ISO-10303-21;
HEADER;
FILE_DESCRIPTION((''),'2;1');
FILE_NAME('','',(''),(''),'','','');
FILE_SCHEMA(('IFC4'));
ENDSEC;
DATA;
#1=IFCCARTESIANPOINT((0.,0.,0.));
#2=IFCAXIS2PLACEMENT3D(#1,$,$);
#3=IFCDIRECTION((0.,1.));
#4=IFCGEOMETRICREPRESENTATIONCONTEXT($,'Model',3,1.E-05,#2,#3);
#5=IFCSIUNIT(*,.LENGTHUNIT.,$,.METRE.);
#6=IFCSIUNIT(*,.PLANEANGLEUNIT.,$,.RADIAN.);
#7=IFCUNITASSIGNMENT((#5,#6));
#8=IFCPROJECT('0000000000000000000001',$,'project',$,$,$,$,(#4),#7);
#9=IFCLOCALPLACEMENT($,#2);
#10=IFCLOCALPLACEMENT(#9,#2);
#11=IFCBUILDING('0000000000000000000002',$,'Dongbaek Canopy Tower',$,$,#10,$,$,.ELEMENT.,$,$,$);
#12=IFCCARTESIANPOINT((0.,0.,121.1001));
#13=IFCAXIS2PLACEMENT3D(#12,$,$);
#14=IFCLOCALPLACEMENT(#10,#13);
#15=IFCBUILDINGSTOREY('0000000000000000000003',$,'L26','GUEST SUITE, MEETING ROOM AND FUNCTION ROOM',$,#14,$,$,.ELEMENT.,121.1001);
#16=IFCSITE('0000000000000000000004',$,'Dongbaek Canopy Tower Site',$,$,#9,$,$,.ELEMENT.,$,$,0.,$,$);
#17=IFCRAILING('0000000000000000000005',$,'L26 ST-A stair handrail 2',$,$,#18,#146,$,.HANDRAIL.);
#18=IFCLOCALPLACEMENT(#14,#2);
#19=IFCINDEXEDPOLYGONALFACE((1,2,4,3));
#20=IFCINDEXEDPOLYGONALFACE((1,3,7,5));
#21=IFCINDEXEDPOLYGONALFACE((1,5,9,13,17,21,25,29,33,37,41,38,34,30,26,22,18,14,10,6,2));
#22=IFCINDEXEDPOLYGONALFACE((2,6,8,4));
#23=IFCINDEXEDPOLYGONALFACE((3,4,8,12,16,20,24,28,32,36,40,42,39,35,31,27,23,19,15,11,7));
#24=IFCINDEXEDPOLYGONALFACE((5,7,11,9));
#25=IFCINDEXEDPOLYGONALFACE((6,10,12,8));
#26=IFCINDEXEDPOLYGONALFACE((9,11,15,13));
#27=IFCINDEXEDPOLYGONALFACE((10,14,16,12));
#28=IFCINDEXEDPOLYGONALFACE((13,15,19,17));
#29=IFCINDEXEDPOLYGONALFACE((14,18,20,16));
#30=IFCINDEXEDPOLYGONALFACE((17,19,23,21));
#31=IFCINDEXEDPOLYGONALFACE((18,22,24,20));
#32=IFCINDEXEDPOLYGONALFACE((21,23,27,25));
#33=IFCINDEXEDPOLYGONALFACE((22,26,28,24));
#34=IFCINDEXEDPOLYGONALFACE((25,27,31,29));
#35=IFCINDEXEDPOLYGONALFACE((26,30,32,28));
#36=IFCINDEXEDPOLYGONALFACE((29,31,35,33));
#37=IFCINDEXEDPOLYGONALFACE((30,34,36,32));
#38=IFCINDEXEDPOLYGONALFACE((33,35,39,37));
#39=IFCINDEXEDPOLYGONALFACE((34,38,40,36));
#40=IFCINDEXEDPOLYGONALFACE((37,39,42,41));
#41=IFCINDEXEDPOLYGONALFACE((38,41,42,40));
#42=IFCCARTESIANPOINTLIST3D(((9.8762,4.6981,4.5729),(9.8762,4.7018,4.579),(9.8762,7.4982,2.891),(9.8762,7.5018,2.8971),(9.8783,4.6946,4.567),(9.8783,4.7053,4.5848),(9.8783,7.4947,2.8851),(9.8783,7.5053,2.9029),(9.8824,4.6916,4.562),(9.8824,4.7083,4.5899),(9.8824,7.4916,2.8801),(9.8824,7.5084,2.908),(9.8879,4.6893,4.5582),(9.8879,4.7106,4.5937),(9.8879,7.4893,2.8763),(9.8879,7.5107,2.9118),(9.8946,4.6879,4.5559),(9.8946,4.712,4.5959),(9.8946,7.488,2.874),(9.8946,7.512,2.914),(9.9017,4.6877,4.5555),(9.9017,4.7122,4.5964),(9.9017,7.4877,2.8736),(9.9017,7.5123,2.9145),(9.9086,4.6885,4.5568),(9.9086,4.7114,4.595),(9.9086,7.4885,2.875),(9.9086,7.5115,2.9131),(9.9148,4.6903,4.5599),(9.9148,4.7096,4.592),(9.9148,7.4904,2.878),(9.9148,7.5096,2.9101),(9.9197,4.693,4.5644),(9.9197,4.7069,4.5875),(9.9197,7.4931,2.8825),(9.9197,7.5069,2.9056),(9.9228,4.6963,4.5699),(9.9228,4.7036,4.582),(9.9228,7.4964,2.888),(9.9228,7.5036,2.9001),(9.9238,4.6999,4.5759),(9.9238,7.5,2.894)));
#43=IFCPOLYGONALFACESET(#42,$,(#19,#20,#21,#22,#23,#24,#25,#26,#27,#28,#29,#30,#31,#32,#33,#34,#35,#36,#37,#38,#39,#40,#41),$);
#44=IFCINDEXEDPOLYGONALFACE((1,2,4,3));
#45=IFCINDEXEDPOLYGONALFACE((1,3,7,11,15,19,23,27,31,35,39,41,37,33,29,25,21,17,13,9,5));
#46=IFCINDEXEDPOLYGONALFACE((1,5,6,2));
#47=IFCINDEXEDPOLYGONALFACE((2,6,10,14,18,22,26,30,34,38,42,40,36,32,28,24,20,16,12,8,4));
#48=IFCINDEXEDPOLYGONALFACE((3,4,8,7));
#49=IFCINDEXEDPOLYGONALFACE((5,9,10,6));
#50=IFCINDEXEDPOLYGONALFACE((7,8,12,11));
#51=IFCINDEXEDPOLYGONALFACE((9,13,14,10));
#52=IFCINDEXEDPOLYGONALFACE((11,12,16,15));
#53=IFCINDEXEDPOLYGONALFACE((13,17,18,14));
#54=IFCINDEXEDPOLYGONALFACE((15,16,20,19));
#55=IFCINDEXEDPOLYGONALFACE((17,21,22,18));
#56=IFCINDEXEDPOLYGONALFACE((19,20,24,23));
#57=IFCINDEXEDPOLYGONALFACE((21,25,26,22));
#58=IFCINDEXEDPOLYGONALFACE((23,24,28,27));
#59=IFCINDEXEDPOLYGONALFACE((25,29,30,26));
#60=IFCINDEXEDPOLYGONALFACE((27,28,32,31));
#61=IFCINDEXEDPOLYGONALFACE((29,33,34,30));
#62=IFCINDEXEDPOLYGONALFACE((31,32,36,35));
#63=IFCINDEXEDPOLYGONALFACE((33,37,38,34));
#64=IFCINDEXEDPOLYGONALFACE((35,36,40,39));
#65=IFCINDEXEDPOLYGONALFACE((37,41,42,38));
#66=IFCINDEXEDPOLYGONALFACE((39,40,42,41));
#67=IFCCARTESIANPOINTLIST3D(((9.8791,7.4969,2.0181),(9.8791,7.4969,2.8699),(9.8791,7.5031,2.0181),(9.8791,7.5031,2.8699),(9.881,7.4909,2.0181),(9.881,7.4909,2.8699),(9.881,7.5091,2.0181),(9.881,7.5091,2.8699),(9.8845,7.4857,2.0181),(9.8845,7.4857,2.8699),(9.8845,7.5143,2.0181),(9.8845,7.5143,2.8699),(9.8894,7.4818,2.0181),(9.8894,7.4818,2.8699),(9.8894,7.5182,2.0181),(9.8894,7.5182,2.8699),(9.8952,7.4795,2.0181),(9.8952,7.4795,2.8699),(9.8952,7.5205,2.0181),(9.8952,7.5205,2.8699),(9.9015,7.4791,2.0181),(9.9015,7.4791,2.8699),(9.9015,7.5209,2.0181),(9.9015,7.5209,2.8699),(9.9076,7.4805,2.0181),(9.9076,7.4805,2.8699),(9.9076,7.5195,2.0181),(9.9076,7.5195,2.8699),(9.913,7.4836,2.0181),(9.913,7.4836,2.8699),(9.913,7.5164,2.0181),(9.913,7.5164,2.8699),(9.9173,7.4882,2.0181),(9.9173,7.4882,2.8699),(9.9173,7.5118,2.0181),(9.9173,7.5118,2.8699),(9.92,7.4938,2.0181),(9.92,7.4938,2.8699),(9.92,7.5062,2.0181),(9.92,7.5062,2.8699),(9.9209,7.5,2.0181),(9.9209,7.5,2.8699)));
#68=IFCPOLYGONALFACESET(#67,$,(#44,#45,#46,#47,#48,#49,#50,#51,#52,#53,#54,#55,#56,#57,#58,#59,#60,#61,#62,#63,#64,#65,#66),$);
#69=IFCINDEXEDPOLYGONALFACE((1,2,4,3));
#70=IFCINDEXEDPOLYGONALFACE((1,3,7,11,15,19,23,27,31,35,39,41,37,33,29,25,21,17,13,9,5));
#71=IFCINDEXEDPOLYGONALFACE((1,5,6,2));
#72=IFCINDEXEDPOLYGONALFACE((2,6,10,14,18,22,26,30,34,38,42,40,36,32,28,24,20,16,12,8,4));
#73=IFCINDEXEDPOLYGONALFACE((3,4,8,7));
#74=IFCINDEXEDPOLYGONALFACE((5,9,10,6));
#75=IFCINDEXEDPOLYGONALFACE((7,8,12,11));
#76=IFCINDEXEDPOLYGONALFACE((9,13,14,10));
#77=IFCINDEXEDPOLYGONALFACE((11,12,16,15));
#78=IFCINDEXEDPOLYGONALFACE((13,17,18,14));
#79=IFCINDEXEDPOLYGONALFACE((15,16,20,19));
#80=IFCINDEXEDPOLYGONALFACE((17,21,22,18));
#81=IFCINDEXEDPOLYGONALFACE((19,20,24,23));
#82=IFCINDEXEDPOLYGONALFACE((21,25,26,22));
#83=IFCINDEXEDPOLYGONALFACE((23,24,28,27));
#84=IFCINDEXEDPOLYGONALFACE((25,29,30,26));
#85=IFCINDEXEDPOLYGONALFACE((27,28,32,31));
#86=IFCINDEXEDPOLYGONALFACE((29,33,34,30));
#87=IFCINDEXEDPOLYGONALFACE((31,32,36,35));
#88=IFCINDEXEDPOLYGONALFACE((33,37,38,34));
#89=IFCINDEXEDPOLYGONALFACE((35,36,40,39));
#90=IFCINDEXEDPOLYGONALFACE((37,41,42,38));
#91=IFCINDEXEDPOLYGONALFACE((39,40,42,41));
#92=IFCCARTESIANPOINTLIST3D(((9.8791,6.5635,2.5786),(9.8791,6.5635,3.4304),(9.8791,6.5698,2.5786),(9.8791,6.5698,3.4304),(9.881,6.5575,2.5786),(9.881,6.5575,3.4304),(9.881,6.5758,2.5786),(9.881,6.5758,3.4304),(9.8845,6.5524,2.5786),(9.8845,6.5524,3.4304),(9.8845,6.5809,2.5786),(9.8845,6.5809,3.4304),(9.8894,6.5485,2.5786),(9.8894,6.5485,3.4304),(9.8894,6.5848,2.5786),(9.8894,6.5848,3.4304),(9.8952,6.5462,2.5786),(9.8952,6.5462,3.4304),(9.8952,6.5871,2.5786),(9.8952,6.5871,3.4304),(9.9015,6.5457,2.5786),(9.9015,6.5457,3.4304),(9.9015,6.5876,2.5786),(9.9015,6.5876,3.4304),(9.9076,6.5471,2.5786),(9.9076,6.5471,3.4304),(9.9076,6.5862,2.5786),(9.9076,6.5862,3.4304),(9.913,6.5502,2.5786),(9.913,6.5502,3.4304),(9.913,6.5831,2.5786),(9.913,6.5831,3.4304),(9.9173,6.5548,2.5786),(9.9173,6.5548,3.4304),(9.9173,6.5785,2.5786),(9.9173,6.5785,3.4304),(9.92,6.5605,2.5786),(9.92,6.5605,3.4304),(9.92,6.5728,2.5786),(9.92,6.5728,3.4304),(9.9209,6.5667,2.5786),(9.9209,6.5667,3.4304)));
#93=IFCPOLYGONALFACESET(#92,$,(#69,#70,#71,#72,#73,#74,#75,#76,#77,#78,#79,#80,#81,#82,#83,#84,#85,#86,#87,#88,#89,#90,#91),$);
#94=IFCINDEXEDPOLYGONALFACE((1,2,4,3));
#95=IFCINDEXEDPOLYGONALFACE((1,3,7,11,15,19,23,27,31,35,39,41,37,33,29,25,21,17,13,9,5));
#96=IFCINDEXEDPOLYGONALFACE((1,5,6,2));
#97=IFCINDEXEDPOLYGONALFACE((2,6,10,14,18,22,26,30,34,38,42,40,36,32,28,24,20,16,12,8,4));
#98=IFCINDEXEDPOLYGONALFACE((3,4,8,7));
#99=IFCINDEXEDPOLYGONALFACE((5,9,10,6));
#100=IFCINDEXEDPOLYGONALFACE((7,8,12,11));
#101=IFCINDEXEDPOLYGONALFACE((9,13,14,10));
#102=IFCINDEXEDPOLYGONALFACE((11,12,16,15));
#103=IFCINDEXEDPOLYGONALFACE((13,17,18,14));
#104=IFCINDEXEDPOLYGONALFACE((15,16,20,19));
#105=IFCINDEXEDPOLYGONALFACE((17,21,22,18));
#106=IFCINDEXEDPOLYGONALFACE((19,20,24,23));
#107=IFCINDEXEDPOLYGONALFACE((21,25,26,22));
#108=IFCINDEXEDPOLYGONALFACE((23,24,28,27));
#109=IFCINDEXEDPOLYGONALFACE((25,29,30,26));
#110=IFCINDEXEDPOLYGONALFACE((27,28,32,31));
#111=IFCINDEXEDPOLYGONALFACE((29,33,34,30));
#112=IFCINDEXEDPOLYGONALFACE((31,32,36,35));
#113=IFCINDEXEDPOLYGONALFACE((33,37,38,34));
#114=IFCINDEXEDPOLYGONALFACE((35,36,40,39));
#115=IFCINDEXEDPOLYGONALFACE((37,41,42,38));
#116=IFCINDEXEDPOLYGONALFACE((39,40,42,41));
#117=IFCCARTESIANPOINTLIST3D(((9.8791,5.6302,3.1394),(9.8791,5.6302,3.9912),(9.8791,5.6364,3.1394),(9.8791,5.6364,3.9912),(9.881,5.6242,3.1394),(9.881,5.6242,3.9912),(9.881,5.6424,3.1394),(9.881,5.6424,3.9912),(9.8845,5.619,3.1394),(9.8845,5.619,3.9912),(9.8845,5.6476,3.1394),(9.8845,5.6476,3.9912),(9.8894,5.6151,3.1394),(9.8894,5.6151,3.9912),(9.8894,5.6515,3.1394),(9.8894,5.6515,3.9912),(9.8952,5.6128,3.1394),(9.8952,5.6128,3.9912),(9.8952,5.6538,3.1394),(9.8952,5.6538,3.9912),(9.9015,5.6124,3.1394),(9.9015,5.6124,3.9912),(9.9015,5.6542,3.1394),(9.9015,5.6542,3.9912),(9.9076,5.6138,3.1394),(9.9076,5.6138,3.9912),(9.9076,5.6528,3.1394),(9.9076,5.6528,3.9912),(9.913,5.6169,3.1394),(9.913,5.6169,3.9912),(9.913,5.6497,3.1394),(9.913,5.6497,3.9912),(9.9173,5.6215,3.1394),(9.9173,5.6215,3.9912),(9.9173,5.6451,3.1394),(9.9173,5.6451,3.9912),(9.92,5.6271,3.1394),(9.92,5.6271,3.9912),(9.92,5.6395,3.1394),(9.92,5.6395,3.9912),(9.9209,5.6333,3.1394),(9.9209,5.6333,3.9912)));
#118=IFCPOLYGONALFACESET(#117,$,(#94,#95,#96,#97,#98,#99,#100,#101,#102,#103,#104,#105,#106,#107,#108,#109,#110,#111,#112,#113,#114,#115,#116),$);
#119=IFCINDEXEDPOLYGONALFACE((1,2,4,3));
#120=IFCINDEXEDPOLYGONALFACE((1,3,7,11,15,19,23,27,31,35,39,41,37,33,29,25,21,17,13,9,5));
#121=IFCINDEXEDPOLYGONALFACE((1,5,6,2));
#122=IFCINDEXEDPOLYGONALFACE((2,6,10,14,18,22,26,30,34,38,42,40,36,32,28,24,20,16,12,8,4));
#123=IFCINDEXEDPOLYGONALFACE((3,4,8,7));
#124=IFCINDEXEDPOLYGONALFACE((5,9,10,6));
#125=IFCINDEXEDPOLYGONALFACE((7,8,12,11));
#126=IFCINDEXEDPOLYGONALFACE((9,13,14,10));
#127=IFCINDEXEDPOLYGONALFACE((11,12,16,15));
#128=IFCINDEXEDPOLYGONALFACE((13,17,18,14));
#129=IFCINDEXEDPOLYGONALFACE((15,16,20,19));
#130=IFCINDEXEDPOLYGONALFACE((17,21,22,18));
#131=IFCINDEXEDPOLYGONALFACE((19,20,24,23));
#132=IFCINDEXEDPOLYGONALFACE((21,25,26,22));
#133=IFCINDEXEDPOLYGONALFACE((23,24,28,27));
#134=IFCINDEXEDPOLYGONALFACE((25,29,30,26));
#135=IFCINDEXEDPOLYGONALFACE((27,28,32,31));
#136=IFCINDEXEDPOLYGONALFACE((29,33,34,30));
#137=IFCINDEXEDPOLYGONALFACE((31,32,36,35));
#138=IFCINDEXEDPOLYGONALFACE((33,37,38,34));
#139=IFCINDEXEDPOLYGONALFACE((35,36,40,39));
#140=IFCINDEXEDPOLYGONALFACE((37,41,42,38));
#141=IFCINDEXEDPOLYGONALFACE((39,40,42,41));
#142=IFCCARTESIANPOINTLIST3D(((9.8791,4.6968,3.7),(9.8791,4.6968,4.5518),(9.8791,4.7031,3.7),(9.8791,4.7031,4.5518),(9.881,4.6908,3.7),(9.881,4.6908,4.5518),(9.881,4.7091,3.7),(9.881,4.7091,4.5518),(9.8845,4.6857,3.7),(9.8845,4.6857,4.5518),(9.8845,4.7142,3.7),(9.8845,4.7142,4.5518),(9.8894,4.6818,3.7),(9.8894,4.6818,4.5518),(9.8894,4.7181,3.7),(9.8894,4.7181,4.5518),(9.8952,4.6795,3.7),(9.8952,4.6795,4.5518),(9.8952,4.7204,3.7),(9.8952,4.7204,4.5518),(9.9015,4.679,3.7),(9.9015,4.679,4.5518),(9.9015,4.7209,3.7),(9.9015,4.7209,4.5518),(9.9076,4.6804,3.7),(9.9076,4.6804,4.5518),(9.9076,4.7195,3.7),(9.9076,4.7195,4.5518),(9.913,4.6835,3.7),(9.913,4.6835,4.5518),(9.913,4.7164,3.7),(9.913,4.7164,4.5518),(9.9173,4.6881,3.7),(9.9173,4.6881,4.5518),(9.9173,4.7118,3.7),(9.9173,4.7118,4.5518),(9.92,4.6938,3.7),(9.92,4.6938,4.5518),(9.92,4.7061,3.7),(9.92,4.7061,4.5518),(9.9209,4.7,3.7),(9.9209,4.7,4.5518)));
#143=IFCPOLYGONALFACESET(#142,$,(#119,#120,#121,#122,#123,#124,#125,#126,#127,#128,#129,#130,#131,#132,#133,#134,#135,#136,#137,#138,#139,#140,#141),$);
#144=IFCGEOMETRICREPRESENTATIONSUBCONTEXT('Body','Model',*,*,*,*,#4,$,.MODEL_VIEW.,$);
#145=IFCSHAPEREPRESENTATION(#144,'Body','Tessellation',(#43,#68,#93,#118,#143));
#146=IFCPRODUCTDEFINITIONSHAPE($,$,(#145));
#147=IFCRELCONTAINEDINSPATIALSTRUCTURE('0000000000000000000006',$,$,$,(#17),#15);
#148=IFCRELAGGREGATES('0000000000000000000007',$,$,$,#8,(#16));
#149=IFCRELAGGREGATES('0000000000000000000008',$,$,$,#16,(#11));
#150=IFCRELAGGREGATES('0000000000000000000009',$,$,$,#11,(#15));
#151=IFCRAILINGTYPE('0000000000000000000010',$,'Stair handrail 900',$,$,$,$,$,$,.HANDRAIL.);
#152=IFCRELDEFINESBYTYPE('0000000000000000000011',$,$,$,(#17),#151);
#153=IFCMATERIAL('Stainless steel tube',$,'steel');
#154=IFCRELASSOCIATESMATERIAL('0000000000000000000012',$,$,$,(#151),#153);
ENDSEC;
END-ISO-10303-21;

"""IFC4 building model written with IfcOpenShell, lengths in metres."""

from ifc_helpers import new_model, si_unit, direction, frame, origin, origin_2d, place, context, subcontext, project, spatial, circle, extrude, material, type_object, element, save


model = new_model("IFC4")

# Units and contexts
model_context = context("Model", 3, precision=1e-05, world=origin(), true_north=direction((0.0, 1.0)))
body_context = subcontext(model_context, "Body", "Model", "MODEL_VIEW")
ifc_project = project(units=[si_unit("LENGTHUNIT", "METRE"), si_unit("PLANEANGLEUNIT", "RADIAN")], contexts=[model_context])

# Site, building, storey
site_placement = place(None, origin())
site = spatial("IfcSite", under=ifc_project, at=site_placement, Name="Dongbaek Canopy Tower Site", CompositionType="ELEMENT", RefElevation=0.0)
building_placement = place(site_placement, origin())
building = spatial("IfcBuilding", under=site, at=building_placement, Name="Dongbaek Canopy Tower", CompositionType="ELEMENT")
storey_placement = place(building_placement, frame((0.0, 0.0, 121.1001)))
storey = spatial("IfcBuildingStorey", under=building, at=storey_placement, Name="L26", Description="GUEST SUITE, MEETING ROOM AND FUNCTION ROOM", CompositionType="ELEMENT", Elevation=121.1001)

# Railing
ifc_material_1 = material(Name="Stainless steel tube", Category="steel")
railing_type_1 = type_object("IfcRailingType", Name="Stair handrail 900", PredefinedType="HANDRAIL", material=ifc_material_1)
railing_1_placement = place(storey_placement, frame((9.8999, 7.5, 2.0181)))
element("IfcRailing", 1, at=railing_1_placement, inside=storey, type_object=railing_type_1, Name="L26 ST-A stair handrail 2", PredefinedType="HANDRAIL", context=body_context, shape_type="SweptSolid", body=[
    extrude(circle(Radius=0.0239, at=origin_2d()), frame((0.0, 0.0, 0.876), z_axis=(0.0, -0.857242, 0.514913), x_axis=(1.0, 0.0, 0.0)), (0.0, 0.0, 1.0), 3.2664),
    extrude(circle(Radius=0.021, at=origin_2d()), origin(), (0.0, 0.0, 1.0), 0.8518),
    extrude(circle(Radius=0.021, at=origin_2d()), frame((0.0, -0.9333, 0.5605)), (0.0, 0.0, 1.0), 0.8518),
    extrude(circle(Radius=0.021, at=origin_2d()), frame((0.0, -1.8667, 1.1213)), (0.0, 0.0, 1.0), 0.8518),
    extrude(circle(Radius=0.021, at=origin_2d()), frame((0.0, -2.8, 1.6819)), (0.0, 0.0, 1.0), 0.8518),
])

save(model, "model.ifc")
